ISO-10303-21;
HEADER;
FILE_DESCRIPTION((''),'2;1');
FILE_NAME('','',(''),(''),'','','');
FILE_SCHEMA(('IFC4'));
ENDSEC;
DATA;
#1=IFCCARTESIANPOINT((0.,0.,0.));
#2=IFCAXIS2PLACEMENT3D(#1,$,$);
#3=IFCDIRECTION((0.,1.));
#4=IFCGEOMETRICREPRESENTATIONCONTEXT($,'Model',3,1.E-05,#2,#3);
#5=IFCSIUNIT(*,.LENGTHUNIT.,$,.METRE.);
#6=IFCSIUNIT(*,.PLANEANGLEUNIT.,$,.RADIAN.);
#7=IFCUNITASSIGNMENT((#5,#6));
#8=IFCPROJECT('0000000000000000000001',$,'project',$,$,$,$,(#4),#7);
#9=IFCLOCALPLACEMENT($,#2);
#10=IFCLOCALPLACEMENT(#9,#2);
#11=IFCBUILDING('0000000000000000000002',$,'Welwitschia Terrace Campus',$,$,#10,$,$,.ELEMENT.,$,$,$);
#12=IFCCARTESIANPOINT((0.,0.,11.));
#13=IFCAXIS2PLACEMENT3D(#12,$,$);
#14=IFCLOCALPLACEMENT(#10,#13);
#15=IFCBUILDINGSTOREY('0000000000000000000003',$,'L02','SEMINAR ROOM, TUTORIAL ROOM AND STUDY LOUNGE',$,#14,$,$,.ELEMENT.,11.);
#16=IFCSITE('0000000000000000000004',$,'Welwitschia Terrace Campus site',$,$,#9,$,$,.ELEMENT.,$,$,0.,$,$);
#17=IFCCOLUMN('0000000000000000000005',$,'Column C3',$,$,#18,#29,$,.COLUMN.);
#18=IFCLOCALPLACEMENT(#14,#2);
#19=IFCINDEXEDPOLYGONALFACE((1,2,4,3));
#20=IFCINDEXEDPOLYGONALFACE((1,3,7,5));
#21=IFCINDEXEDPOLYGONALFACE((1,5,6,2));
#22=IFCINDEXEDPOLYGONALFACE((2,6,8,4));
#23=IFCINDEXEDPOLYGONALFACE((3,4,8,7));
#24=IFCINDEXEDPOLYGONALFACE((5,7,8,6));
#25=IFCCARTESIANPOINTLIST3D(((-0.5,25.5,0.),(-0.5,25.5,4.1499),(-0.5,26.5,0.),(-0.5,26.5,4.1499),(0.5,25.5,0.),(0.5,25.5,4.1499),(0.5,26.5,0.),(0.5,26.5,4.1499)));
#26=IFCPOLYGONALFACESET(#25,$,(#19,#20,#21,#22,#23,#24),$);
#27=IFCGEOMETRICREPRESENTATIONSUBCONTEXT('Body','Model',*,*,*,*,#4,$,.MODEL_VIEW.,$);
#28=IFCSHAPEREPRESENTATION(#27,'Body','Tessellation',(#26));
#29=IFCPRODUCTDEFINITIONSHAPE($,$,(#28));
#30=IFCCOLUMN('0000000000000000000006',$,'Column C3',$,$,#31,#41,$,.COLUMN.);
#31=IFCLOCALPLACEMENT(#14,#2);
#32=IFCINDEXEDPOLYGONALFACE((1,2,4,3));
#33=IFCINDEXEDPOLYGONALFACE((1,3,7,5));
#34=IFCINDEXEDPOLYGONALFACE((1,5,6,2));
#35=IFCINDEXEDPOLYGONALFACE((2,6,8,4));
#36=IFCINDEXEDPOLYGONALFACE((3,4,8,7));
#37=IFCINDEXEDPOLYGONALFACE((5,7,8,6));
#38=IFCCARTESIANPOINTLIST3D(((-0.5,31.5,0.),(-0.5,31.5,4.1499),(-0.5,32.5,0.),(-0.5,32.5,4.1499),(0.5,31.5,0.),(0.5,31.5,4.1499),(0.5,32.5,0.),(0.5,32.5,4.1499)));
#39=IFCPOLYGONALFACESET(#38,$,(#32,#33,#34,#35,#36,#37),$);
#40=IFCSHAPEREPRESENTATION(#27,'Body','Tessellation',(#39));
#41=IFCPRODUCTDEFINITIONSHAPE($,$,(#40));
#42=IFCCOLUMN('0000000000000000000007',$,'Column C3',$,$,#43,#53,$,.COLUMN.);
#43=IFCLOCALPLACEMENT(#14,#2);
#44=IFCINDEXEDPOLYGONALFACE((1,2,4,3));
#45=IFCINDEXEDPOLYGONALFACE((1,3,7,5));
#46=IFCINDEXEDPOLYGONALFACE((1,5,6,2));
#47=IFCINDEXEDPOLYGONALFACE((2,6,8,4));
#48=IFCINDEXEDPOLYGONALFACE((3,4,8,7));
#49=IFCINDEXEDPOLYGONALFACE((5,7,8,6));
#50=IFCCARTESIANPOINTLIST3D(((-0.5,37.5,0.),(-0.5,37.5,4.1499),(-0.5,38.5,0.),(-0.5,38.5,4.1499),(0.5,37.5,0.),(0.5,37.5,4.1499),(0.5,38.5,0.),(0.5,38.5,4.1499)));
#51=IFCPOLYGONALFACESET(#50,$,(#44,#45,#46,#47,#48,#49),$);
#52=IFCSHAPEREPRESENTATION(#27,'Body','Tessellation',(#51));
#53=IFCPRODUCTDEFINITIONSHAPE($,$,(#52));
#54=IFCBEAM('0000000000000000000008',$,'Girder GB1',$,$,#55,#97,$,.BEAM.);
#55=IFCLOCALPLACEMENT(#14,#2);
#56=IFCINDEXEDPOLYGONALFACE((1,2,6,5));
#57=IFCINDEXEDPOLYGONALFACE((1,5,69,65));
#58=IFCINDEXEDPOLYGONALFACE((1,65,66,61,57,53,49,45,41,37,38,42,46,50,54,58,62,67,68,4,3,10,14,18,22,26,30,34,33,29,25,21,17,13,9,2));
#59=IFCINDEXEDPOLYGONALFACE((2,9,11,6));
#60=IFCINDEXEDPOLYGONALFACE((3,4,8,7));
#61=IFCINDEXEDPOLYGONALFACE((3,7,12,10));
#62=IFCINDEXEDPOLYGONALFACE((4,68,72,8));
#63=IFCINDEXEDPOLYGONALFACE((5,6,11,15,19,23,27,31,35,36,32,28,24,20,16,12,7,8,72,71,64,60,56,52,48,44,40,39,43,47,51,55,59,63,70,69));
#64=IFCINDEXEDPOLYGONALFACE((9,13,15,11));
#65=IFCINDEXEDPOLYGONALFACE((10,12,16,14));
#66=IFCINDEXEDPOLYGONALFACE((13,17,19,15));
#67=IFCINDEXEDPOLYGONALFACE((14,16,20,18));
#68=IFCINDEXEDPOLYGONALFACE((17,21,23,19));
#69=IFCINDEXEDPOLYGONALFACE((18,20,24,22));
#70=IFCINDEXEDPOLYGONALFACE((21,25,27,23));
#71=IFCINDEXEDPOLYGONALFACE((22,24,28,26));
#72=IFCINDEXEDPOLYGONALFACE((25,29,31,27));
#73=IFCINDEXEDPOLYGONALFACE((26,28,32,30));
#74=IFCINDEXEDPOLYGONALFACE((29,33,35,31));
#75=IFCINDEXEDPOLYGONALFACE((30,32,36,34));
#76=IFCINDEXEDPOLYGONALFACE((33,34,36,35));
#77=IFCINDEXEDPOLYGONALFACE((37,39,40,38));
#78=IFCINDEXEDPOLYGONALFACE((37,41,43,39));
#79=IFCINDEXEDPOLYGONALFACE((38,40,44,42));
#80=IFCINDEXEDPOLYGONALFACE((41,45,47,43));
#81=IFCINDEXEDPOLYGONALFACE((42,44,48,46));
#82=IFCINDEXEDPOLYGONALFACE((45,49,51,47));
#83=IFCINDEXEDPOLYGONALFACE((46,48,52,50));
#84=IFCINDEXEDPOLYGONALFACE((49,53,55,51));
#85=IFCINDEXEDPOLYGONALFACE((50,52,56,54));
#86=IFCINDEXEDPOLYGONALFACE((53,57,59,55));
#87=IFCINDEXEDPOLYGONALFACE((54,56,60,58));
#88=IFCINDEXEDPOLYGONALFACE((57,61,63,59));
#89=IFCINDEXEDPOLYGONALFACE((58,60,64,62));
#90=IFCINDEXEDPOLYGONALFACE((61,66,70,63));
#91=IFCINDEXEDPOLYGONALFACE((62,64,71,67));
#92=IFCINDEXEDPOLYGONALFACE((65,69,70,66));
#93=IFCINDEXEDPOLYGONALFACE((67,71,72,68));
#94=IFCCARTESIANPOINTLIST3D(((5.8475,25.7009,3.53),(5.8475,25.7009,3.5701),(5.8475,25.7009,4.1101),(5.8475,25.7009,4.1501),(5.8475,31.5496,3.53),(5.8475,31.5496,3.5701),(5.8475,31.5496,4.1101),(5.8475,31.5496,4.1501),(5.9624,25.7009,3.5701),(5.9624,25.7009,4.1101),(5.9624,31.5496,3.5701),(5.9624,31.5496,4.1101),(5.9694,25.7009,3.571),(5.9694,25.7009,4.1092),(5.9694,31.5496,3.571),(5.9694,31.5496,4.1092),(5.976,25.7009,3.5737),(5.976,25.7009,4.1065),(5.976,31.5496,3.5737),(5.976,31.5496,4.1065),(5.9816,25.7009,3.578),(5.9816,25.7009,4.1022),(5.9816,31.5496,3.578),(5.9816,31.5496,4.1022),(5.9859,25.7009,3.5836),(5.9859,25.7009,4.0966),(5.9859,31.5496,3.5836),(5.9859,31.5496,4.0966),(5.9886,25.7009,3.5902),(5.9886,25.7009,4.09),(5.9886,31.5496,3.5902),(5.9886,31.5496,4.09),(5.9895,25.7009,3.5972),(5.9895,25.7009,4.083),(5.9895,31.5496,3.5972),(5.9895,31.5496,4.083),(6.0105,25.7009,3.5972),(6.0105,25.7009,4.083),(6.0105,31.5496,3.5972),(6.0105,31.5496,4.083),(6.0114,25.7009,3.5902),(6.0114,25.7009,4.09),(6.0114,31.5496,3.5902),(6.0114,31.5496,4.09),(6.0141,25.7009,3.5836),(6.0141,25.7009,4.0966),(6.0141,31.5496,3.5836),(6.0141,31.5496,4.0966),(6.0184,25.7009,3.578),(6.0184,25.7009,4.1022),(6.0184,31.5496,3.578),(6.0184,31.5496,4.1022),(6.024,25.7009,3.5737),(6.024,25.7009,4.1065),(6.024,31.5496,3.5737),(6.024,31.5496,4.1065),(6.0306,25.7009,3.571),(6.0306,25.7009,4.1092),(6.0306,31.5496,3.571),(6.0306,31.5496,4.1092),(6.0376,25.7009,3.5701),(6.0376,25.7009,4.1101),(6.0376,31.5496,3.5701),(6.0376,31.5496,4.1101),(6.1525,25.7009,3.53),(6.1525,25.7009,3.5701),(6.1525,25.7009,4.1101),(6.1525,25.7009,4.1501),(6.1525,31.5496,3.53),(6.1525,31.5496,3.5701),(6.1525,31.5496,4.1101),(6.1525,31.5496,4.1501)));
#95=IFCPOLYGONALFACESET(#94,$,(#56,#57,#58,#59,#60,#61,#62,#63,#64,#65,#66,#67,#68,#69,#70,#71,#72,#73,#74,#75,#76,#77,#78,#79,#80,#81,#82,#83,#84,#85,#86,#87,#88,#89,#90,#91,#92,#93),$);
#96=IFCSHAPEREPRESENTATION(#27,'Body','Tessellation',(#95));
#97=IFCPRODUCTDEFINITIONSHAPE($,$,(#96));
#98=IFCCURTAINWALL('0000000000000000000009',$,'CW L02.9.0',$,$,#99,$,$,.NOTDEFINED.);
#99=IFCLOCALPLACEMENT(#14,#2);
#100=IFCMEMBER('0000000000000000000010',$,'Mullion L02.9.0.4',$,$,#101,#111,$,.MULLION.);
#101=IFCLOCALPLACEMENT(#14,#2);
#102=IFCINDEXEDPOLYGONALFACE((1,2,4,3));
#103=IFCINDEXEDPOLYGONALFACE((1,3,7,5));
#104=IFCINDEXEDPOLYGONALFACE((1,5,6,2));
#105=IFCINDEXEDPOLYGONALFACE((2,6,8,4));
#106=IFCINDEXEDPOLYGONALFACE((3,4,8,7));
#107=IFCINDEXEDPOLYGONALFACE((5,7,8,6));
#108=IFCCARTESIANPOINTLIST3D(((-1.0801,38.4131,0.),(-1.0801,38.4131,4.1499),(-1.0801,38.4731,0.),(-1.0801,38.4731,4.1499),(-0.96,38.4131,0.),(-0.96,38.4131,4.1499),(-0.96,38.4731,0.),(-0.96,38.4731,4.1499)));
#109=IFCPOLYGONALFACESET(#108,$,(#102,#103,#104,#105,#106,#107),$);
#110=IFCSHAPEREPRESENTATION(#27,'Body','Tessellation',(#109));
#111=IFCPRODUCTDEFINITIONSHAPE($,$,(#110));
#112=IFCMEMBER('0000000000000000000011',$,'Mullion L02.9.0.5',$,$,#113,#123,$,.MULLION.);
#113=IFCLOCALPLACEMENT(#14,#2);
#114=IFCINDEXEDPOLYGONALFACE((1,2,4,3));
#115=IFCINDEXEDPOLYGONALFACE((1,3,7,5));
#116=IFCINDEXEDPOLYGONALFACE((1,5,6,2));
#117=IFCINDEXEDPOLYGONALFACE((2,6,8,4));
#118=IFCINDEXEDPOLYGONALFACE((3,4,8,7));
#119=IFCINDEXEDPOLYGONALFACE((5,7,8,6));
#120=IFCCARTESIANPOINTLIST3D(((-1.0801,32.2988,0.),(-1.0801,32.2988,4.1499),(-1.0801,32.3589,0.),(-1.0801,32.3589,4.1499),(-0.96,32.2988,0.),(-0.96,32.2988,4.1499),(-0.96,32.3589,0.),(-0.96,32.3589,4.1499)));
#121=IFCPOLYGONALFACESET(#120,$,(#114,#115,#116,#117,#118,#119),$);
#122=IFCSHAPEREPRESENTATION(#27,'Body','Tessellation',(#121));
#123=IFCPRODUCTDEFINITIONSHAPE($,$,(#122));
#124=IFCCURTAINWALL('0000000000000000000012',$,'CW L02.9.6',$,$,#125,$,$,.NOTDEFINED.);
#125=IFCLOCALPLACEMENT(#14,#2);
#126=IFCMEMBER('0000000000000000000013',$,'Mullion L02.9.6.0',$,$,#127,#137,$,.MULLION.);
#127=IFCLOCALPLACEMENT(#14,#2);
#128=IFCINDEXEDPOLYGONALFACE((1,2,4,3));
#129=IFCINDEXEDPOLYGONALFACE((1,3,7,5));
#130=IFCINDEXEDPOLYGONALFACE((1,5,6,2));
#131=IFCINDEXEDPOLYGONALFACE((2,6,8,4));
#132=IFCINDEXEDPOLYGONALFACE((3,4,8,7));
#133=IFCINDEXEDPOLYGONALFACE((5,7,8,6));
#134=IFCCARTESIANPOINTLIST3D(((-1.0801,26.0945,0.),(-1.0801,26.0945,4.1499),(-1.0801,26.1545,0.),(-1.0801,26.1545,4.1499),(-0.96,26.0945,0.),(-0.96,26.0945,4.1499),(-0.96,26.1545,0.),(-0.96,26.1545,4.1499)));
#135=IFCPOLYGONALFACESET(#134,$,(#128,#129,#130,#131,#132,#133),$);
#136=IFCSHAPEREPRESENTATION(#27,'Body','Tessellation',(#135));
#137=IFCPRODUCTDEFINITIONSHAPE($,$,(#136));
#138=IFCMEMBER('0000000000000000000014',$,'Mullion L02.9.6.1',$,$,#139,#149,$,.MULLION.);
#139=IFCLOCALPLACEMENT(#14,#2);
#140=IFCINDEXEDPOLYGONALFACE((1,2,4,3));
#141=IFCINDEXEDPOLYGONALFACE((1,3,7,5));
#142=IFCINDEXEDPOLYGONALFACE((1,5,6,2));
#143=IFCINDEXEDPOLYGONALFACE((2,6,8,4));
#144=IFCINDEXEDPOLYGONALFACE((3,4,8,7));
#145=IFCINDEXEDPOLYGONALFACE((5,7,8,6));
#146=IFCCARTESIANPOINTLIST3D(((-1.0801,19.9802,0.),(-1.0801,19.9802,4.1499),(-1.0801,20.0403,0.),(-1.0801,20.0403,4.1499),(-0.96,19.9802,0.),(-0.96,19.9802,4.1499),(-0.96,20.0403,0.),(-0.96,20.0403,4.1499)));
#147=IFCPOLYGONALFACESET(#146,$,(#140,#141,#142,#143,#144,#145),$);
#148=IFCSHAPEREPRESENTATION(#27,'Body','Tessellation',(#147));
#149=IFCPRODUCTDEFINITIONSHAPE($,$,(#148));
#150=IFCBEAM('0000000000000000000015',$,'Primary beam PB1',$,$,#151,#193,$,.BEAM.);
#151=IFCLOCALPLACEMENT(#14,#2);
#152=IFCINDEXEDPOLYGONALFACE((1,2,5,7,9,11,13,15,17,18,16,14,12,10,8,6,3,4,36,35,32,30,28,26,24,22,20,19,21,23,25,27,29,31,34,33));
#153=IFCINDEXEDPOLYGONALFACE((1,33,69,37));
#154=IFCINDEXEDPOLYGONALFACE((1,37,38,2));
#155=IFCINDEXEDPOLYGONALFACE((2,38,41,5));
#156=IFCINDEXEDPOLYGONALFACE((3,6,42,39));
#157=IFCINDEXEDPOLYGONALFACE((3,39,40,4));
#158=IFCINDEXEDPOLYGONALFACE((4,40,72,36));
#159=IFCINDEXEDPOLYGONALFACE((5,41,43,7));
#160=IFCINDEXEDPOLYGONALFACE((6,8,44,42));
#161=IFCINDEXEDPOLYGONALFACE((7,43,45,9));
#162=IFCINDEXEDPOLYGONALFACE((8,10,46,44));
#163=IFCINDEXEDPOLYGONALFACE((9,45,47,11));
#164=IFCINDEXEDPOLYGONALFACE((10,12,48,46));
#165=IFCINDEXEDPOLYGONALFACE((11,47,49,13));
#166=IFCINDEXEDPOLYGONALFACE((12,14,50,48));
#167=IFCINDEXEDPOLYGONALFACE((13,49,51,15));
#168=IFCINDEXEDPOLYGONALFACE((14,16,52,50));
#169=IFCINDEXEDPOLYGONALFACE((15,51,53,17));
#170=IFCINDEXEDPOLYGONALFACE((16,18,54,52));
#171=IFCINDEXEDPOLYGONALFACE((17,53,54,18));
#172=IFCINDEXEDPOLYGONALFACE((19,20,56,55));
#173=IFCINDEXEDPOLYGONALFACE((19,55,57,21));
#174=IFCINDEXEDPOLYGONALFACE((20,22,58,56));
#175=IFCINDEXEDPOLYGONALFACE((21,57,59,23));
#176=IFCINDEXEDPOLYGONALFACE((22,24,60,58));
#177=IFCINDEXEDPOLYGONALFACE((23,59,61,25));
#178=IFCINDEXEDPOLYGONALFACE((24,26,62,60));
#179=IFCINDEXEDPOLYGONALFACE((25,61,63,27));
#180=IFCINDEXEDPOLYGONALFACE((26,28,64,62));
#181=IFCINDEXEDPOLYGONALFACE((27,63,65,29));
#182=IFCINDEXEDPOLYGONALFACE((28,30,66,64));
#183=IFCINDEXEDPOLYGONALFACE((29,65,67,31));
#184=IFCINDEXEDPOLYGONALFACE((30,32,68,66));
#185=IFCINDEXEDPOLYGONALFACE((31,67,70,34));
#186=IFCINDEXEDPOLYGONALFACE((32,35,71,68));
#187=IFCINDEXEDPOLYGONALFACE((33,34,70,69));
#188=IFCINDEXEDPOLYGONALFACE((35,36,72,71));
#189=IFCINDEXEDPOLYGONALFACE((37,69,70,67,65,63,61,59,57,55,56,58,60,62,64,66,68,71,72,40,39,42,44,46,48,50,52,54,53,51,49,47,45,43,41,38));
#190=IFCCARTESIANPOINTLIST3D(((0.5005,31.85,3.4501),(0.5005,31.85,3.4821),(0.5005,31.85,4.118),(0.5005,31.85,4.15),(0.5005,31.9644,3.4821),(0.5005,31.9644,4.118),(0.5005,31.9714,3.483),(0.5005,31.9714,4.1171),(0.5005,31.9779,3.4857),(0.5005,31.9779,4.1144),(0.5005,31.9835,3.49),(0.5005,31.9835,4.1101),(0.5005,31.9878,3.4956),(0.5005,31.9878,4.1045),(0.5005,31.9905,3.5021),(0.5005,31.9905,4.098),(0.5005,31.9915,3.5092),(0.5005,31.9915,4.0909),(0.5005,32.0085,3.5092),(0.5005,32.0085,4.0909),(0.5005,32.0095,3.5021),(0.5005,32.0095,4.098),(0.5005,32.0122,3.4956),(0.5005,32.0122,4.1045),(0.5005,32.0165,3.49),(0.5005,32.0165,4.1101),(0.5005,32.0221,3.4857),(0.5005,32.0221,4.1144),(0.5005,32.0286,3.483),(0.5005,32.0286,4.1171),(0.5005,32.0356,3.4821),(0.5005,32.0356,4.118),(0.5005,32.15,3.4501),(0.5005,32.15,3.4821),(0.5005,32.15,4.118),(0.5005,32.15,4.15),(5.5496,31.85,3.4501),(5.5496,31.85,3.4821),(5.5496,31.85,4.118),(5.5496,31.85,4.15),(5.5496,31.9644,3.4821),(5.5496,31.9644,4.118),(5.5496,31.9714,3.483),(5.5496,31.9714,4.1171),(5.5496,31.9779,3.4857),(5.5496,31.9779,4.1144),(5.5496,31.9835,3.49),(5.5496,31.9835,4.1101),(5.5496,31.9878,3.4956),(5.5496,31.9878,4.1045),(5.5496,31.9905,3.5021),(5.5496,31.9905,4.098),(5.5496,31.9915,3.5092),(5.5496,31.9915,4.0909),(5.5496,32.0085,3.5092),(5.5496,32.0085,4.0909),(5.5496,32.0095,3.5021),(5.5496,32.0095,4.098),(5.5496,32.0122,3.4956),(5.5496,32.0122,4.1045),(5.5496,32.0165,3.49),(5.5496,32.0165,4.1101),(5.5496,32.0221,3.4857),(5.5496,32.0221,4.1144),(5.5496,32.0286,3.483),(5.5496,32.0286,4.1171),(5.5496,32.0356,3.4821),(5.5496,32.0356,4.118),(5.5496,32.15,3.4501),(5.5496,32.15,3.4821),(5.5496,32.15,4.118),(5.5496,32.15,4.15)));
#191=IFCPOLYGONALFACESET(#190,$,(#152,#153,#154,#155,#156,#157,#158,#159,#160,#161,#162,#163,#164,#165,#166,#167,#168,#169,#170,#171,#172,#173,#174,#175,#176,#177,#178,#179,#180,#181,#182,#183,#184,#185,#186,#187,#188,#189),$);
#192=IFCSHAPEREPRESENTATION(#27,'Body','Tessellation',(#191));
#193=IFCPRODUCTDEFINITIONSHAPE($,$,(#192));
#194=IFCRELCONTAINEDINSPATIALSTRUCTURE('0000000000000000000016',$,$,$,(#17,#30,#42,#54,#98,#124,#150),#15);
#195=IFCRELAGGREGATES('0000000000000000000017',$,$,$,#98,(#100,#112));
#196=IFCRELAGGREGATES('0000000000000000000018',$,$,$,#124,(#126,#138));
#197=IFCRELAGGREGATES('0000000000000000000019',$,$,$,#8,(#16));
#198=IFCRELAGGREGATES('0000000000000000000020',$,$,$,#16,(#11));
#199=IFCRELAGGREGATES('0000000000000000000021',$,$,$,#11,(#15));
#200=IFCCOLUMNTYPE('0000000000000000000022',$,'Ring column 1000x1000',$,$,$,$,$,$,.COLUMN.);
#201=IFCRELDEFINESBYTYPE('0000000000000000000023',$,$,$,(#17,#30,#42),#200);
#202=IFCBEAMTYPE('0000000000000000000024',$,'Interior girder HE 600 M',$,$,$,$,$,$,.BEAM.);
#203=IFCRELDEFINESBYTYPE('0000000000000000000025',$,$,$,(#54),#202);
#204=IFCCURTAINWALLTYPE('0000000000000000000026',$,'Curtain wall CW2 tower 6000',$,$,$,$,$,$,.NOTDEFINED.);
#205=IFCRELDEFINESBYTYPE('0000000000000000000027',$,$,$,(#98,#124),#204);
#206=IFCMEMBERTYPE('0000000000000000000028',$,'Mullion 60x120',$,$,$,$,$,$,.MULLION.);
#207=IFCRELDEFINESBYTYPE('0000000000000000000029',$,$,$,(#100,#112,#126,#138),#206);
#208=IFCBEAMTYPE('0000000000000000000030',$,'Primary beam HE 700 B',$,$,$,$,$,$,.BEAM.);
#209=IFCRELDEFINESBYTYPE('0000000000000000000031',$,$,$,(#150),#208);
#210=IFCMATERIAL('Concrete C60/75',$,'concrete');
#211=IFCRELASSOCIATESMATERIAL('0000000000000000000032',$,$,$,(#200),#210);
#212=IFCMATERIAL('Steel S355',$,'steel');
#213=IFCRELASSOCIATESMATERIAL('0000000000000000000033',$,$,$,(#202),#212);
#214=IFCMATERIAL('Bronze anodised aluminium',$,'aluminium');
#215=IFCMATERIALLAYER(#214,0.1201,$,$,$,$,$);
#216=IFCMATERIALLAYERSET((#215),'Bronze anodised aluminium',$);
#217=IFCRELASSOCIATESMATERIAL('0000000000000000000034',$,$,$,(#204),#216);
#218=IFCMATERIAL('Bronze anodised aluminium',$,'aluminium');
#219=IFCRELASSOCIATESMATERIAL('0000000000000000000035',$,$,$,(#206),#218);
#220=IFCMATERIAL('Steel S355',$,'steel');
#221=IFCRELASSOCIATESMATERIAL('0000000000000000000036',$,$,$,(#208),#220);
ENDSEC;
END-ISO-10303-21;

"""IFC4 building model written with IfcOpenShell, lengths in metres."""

from ifc_helpers import new_model, si_unit, direction, frame, origin, origin_2d, place, context, subcontext, project, spatial, rectangle, i_section, extrude, material, layer, layer_set, material_profile, profile_set, type_object, element, aggregate, save


model = new_model("IFC4")

# Units and contexts
model_context = context("Model", 3, precision=1e-05, world=origin(), true_north=direction((0.0, 1.0)))
body_context = subcontext(model_context, "Body", "Model", "MODEL_VIEW")
ifc_project = project(units=[si_unit("LENGTHUNIT", "METRE"), si_unit("PLANEANGLEUNIT", "RADIAN")], contexts=[model_context])

# Site, building, storey
site_placement = place(None, origin())
site = spatial("IfcSite", under=ifc_project, at=site_placement, Name="Welwitschia Terrace Campus site", CompositionType="ELEMENT", RefElevation=0.0)
building_placement = place(site_placement, origin())
building = spatial("IfcBuilding", under=site, at=building_placement, Name="Welwitschia Terrace Campus", CompositionType="ELEMENT")
storey_placement = place(building_placement, frame((0.0, 0.0, 11.0)))
storey = spatial("IfcBuildingStorey", under=building, at=storey_placement, Name="L02", Description="SEMINAR ROOM, TUTORIAL ROOM AND STUDY LOUNGE", CompositionType="ELEMENT", Elevation=11.0)

# Columns
ifc_material_1 = material(Name="Concrete C60/75", Category="concrete")
ifc_material_profile_1 = material_profile(ifc_material_1, rectangle(XDim=1.0, YDim=1.0, at=origin_2d()))
ifc_profile_set_1 = profile_set([ifc_material_profile_1], Name="Concrete C60/75")
column_type = type_object("IfcColumnType", Name="Ring column 1000x1000", PredefinedType="COLUMN", material=ifc_profile_set_1)
for number, where, z_axis, x_axis, name in (
    (1, (0.0, 26.0, 0.0), (0.0, 0.0, 1.0), (1.0, 0.0, 0.0), "Column C3"),
    (2, (0.0, 32.0, 0.0), (0.0, 0.0, 1.0), (1.0, 0.0, 0.0), "Column C3"),
    (3, (0.0, 38.0, 0.0), (0.0, 0.0, 1.0), (1.0, 0.0, 0.0), "Column C3"),
):
    element("IfcColumn", number, at=place(storey_placement, frame(where, z_axis=z_axis, x_axis=x_axis)), inside=storey, type_object=column_type, Name=name, PredefinedType="COLUMN", context=body_context, shape_type="SweptSolid", body=[
        extrude(rectangle(XDim=1.0, YDim=1.0, at=origin_2d()), origin(), (0.0, 0.0, 1.0), 4.1499),
    ])

# Beam
ifc_material_2 = material(Name="Steel S355", Category="steel")
ifc_material_profile_2 = material_profile(ifc_material_2, i_section(OverallWidth=0.3049, OverallDepth=0.6201, WebThickness=0.021, FlangeThickness=0.04, FilletRadius=0.0271, at=origin_2d()))
ifc_profile_set_2 = profile_set([ifc_material_profile_2], Name="Steel S355")
beam_type_1 = type_object("IfcBeamType", Name="Interior girder HE 600 M", PredefinedType="BEAM", material=ifc_profile_set_2)
beam_1_placement = place(storey_placement, frame((6.0, 25.7009, 3.8401), z_axis=(0.0, 1.0, 0.0), x_axis=(-1.0, 0.0, 0.0)))
element("IfcBeam", 4, at=beam_1_placement, inside=storey, type_object=beam_type_1, Name="Girder GB1", PredefinedType="BEAM", context=body_context, shape_type="SweptSolid", body=[
    extrude(i_section(OverallWidth=0.3049, OverallDepth=0.6201, WebThickness=0.021, FlangeThickness=0.04, FilletRadius=0.0271, at=origin_2d()), origin(), (0.0, 0.0, 1.0), 5.8486),
])

# Curtain walls, members
ifc_material_3 = material(Name="Bronze anodised aluminium", Category="aluminium")
ifc_layer_1 = layer(ifc_material_3, 0.1201)
ifc_layer_set_1 = layer_set([ifc_layer_1], Name="Bronze anodised aluminium")
curtain_wall_type = type_object("IfcCurtainWallType", Name="Curtain wall CW2 tower 6000", PredefinedType="NOTDEFINED", material=ifc_layer_set_1)
curtain_wall_1_placement = place(storey_placement, origin())
curtain_wall_1 = element("IfcCurtainWall", 5, at=curtain_wall_1_placement, inside=storey, type_object=curtain_wall_type, Name="CW L02.9.0", PredefinedType="NOTDEFINED")
ifc_material_4 = material(Name="Bronze anodised aluminium", Category="aluminium")
ifc_material_profile_3 = material_profile(ifc_material_4, rectangle(XDim=0.1201, YDim=0.0601, at=origin_2d()))
ifc_profile_set_3 = profile_set([ifc_material_profile_3], Name="Bronze anodised aluminium")
member_type_1 = type_object("IfcMemberType", Name="Mullion 60x120", PredefinedType="MULLION", material=ifc_profile_set_3)
member_1_placement = place(storey_placement, frame((-1.02, 38.4431, 0.0), z_axis=(0.0, 0.0, 1.0), x_axis=(1.0, 0.0, 0.0)))
member_1 = element("IfcMember", 6, at=member_1_placement, type_object=member_type_1, Name="Mullion L02.9.0.4", PredefinedType="MULLION", context=body_context, shape_type="SweptSolid", body=[
    extrude(rectangle(XDim=0.1201, YDim=0.0601, at=origin_2d()), origin(), (0.0, 0.0, 1.0), 4.1499),
])
member_2_placement = place(storey_placement, frame((-1.02, 32.3289, 0.0), z_axis=(0.0, 0.0, 1.0), x_axis=(1.0, 0.0, 0.0)))
member_2 = element("IfcMember", 7, at=member_2_placement, type_object=member_type_1, Name="Mullion L02.9.0.5", PredefinedType="MULLION", context=body_context, shape_type="SweptSolid", body=[
    extrude(rectangle(XDim=0.1201, YDim=0.0601, at=origin_2d()), origin(), (0.0, 0.0, 1.0), 4.1499),
])
curtain_wall_2_placement = place(storey_placement, origin())
curtain_wall_2 = element("IfcCurtainWall", 8, at=curtain_wall_2_placement, inside=storey, type_object=curtain_wall_type, Name="CW L02.9.6", PredefinedType="NOTDEFINED")
member_3_placement = place(storey_placement, frame((-1.02, 26.1245, 0.0), z_axis=(0.0, 0.0, 1.0), x_axis=(1.0, 0.0, 0.0)))
member_3 = element("IfcMember", 9, at=member_3_placement, type_object=member_type_1, Name="Mullion L02.9.6.0", PredefinedType="MULLION", context=body_context, shape_type="SweptSolid", body=[
    extrude(rectangle(XDim=0.1201, YDim=0.0601, at=origin_2d()), origin(), (0.0, 0.0, 1.0), 4.1499),
])
member_4_placement = place(storey_placement, frame((-1.02, 20.0103, 0.0), z_axis=(0.0, 0.0, 1.0), x_axis=(1.0, 0.0, 0.0)))
member_4 = element("IfcMember", 10, at=member_4_placement, type_object=member_type_1, Name="Mullion L02.9.6.1", PredefinedType="MULLION", context=body_context, shape_type="SweptSolid", body=[
    extrude(rectangle(XDim=0.1201, YDim=0.0601, at=origin_2d()), origin(), (0.0, 0.0, 1.0), 4.1499),
])

# Beam
ifc_material_5 = material(Name="Steel S355", Category="steel")
ifc_material_profile_4 = material_profile(ifc_material_5, i_section(OverallWidth=0.3, OverallDepth=0.7, WebThickness=0.0171, FlangeThickness=0.032, FilletRadius=0.0271, at=origin_2d()))
ifc_profile_set_4 = profile_set([ifc_material_profile_4], Name="Steel S355")
beam_type_2 = type_object("IfcBeamType", Name="Primary beam HE 700 B", PredefinedType="BEAM", material=ifc_profile_set_4)
beam_2_placement = place(storey_placement, frame((0.5005, 32.0, 3.8), z_axis=(1.0, 0.0, 0.0), x_axis=(0.0, 1.0, 0.0)))
element("IfcBeam", 11, at=beam_2_placement, inside=storey, type_object=beam_type_2, Name="Primary beam PB1", PredefinedType="BEAM", context=body_context, shape_type="SweptSolid", body=[
    extrude(i_section(OverallWidth=0.3, OverallDepth=0.7, WebThickness=0.0171, FlangeThickness=0.032, FilletRadius=0.0271, at=origin_2d()), origin(), (0.0, 0.0, 1.0), 5.0491),
])

aggregate(curtain_wall_1, [member_1, member_2])
aggregate(curtain_wall_2, [member_3, member_4])

save(model, "model.ifc")
